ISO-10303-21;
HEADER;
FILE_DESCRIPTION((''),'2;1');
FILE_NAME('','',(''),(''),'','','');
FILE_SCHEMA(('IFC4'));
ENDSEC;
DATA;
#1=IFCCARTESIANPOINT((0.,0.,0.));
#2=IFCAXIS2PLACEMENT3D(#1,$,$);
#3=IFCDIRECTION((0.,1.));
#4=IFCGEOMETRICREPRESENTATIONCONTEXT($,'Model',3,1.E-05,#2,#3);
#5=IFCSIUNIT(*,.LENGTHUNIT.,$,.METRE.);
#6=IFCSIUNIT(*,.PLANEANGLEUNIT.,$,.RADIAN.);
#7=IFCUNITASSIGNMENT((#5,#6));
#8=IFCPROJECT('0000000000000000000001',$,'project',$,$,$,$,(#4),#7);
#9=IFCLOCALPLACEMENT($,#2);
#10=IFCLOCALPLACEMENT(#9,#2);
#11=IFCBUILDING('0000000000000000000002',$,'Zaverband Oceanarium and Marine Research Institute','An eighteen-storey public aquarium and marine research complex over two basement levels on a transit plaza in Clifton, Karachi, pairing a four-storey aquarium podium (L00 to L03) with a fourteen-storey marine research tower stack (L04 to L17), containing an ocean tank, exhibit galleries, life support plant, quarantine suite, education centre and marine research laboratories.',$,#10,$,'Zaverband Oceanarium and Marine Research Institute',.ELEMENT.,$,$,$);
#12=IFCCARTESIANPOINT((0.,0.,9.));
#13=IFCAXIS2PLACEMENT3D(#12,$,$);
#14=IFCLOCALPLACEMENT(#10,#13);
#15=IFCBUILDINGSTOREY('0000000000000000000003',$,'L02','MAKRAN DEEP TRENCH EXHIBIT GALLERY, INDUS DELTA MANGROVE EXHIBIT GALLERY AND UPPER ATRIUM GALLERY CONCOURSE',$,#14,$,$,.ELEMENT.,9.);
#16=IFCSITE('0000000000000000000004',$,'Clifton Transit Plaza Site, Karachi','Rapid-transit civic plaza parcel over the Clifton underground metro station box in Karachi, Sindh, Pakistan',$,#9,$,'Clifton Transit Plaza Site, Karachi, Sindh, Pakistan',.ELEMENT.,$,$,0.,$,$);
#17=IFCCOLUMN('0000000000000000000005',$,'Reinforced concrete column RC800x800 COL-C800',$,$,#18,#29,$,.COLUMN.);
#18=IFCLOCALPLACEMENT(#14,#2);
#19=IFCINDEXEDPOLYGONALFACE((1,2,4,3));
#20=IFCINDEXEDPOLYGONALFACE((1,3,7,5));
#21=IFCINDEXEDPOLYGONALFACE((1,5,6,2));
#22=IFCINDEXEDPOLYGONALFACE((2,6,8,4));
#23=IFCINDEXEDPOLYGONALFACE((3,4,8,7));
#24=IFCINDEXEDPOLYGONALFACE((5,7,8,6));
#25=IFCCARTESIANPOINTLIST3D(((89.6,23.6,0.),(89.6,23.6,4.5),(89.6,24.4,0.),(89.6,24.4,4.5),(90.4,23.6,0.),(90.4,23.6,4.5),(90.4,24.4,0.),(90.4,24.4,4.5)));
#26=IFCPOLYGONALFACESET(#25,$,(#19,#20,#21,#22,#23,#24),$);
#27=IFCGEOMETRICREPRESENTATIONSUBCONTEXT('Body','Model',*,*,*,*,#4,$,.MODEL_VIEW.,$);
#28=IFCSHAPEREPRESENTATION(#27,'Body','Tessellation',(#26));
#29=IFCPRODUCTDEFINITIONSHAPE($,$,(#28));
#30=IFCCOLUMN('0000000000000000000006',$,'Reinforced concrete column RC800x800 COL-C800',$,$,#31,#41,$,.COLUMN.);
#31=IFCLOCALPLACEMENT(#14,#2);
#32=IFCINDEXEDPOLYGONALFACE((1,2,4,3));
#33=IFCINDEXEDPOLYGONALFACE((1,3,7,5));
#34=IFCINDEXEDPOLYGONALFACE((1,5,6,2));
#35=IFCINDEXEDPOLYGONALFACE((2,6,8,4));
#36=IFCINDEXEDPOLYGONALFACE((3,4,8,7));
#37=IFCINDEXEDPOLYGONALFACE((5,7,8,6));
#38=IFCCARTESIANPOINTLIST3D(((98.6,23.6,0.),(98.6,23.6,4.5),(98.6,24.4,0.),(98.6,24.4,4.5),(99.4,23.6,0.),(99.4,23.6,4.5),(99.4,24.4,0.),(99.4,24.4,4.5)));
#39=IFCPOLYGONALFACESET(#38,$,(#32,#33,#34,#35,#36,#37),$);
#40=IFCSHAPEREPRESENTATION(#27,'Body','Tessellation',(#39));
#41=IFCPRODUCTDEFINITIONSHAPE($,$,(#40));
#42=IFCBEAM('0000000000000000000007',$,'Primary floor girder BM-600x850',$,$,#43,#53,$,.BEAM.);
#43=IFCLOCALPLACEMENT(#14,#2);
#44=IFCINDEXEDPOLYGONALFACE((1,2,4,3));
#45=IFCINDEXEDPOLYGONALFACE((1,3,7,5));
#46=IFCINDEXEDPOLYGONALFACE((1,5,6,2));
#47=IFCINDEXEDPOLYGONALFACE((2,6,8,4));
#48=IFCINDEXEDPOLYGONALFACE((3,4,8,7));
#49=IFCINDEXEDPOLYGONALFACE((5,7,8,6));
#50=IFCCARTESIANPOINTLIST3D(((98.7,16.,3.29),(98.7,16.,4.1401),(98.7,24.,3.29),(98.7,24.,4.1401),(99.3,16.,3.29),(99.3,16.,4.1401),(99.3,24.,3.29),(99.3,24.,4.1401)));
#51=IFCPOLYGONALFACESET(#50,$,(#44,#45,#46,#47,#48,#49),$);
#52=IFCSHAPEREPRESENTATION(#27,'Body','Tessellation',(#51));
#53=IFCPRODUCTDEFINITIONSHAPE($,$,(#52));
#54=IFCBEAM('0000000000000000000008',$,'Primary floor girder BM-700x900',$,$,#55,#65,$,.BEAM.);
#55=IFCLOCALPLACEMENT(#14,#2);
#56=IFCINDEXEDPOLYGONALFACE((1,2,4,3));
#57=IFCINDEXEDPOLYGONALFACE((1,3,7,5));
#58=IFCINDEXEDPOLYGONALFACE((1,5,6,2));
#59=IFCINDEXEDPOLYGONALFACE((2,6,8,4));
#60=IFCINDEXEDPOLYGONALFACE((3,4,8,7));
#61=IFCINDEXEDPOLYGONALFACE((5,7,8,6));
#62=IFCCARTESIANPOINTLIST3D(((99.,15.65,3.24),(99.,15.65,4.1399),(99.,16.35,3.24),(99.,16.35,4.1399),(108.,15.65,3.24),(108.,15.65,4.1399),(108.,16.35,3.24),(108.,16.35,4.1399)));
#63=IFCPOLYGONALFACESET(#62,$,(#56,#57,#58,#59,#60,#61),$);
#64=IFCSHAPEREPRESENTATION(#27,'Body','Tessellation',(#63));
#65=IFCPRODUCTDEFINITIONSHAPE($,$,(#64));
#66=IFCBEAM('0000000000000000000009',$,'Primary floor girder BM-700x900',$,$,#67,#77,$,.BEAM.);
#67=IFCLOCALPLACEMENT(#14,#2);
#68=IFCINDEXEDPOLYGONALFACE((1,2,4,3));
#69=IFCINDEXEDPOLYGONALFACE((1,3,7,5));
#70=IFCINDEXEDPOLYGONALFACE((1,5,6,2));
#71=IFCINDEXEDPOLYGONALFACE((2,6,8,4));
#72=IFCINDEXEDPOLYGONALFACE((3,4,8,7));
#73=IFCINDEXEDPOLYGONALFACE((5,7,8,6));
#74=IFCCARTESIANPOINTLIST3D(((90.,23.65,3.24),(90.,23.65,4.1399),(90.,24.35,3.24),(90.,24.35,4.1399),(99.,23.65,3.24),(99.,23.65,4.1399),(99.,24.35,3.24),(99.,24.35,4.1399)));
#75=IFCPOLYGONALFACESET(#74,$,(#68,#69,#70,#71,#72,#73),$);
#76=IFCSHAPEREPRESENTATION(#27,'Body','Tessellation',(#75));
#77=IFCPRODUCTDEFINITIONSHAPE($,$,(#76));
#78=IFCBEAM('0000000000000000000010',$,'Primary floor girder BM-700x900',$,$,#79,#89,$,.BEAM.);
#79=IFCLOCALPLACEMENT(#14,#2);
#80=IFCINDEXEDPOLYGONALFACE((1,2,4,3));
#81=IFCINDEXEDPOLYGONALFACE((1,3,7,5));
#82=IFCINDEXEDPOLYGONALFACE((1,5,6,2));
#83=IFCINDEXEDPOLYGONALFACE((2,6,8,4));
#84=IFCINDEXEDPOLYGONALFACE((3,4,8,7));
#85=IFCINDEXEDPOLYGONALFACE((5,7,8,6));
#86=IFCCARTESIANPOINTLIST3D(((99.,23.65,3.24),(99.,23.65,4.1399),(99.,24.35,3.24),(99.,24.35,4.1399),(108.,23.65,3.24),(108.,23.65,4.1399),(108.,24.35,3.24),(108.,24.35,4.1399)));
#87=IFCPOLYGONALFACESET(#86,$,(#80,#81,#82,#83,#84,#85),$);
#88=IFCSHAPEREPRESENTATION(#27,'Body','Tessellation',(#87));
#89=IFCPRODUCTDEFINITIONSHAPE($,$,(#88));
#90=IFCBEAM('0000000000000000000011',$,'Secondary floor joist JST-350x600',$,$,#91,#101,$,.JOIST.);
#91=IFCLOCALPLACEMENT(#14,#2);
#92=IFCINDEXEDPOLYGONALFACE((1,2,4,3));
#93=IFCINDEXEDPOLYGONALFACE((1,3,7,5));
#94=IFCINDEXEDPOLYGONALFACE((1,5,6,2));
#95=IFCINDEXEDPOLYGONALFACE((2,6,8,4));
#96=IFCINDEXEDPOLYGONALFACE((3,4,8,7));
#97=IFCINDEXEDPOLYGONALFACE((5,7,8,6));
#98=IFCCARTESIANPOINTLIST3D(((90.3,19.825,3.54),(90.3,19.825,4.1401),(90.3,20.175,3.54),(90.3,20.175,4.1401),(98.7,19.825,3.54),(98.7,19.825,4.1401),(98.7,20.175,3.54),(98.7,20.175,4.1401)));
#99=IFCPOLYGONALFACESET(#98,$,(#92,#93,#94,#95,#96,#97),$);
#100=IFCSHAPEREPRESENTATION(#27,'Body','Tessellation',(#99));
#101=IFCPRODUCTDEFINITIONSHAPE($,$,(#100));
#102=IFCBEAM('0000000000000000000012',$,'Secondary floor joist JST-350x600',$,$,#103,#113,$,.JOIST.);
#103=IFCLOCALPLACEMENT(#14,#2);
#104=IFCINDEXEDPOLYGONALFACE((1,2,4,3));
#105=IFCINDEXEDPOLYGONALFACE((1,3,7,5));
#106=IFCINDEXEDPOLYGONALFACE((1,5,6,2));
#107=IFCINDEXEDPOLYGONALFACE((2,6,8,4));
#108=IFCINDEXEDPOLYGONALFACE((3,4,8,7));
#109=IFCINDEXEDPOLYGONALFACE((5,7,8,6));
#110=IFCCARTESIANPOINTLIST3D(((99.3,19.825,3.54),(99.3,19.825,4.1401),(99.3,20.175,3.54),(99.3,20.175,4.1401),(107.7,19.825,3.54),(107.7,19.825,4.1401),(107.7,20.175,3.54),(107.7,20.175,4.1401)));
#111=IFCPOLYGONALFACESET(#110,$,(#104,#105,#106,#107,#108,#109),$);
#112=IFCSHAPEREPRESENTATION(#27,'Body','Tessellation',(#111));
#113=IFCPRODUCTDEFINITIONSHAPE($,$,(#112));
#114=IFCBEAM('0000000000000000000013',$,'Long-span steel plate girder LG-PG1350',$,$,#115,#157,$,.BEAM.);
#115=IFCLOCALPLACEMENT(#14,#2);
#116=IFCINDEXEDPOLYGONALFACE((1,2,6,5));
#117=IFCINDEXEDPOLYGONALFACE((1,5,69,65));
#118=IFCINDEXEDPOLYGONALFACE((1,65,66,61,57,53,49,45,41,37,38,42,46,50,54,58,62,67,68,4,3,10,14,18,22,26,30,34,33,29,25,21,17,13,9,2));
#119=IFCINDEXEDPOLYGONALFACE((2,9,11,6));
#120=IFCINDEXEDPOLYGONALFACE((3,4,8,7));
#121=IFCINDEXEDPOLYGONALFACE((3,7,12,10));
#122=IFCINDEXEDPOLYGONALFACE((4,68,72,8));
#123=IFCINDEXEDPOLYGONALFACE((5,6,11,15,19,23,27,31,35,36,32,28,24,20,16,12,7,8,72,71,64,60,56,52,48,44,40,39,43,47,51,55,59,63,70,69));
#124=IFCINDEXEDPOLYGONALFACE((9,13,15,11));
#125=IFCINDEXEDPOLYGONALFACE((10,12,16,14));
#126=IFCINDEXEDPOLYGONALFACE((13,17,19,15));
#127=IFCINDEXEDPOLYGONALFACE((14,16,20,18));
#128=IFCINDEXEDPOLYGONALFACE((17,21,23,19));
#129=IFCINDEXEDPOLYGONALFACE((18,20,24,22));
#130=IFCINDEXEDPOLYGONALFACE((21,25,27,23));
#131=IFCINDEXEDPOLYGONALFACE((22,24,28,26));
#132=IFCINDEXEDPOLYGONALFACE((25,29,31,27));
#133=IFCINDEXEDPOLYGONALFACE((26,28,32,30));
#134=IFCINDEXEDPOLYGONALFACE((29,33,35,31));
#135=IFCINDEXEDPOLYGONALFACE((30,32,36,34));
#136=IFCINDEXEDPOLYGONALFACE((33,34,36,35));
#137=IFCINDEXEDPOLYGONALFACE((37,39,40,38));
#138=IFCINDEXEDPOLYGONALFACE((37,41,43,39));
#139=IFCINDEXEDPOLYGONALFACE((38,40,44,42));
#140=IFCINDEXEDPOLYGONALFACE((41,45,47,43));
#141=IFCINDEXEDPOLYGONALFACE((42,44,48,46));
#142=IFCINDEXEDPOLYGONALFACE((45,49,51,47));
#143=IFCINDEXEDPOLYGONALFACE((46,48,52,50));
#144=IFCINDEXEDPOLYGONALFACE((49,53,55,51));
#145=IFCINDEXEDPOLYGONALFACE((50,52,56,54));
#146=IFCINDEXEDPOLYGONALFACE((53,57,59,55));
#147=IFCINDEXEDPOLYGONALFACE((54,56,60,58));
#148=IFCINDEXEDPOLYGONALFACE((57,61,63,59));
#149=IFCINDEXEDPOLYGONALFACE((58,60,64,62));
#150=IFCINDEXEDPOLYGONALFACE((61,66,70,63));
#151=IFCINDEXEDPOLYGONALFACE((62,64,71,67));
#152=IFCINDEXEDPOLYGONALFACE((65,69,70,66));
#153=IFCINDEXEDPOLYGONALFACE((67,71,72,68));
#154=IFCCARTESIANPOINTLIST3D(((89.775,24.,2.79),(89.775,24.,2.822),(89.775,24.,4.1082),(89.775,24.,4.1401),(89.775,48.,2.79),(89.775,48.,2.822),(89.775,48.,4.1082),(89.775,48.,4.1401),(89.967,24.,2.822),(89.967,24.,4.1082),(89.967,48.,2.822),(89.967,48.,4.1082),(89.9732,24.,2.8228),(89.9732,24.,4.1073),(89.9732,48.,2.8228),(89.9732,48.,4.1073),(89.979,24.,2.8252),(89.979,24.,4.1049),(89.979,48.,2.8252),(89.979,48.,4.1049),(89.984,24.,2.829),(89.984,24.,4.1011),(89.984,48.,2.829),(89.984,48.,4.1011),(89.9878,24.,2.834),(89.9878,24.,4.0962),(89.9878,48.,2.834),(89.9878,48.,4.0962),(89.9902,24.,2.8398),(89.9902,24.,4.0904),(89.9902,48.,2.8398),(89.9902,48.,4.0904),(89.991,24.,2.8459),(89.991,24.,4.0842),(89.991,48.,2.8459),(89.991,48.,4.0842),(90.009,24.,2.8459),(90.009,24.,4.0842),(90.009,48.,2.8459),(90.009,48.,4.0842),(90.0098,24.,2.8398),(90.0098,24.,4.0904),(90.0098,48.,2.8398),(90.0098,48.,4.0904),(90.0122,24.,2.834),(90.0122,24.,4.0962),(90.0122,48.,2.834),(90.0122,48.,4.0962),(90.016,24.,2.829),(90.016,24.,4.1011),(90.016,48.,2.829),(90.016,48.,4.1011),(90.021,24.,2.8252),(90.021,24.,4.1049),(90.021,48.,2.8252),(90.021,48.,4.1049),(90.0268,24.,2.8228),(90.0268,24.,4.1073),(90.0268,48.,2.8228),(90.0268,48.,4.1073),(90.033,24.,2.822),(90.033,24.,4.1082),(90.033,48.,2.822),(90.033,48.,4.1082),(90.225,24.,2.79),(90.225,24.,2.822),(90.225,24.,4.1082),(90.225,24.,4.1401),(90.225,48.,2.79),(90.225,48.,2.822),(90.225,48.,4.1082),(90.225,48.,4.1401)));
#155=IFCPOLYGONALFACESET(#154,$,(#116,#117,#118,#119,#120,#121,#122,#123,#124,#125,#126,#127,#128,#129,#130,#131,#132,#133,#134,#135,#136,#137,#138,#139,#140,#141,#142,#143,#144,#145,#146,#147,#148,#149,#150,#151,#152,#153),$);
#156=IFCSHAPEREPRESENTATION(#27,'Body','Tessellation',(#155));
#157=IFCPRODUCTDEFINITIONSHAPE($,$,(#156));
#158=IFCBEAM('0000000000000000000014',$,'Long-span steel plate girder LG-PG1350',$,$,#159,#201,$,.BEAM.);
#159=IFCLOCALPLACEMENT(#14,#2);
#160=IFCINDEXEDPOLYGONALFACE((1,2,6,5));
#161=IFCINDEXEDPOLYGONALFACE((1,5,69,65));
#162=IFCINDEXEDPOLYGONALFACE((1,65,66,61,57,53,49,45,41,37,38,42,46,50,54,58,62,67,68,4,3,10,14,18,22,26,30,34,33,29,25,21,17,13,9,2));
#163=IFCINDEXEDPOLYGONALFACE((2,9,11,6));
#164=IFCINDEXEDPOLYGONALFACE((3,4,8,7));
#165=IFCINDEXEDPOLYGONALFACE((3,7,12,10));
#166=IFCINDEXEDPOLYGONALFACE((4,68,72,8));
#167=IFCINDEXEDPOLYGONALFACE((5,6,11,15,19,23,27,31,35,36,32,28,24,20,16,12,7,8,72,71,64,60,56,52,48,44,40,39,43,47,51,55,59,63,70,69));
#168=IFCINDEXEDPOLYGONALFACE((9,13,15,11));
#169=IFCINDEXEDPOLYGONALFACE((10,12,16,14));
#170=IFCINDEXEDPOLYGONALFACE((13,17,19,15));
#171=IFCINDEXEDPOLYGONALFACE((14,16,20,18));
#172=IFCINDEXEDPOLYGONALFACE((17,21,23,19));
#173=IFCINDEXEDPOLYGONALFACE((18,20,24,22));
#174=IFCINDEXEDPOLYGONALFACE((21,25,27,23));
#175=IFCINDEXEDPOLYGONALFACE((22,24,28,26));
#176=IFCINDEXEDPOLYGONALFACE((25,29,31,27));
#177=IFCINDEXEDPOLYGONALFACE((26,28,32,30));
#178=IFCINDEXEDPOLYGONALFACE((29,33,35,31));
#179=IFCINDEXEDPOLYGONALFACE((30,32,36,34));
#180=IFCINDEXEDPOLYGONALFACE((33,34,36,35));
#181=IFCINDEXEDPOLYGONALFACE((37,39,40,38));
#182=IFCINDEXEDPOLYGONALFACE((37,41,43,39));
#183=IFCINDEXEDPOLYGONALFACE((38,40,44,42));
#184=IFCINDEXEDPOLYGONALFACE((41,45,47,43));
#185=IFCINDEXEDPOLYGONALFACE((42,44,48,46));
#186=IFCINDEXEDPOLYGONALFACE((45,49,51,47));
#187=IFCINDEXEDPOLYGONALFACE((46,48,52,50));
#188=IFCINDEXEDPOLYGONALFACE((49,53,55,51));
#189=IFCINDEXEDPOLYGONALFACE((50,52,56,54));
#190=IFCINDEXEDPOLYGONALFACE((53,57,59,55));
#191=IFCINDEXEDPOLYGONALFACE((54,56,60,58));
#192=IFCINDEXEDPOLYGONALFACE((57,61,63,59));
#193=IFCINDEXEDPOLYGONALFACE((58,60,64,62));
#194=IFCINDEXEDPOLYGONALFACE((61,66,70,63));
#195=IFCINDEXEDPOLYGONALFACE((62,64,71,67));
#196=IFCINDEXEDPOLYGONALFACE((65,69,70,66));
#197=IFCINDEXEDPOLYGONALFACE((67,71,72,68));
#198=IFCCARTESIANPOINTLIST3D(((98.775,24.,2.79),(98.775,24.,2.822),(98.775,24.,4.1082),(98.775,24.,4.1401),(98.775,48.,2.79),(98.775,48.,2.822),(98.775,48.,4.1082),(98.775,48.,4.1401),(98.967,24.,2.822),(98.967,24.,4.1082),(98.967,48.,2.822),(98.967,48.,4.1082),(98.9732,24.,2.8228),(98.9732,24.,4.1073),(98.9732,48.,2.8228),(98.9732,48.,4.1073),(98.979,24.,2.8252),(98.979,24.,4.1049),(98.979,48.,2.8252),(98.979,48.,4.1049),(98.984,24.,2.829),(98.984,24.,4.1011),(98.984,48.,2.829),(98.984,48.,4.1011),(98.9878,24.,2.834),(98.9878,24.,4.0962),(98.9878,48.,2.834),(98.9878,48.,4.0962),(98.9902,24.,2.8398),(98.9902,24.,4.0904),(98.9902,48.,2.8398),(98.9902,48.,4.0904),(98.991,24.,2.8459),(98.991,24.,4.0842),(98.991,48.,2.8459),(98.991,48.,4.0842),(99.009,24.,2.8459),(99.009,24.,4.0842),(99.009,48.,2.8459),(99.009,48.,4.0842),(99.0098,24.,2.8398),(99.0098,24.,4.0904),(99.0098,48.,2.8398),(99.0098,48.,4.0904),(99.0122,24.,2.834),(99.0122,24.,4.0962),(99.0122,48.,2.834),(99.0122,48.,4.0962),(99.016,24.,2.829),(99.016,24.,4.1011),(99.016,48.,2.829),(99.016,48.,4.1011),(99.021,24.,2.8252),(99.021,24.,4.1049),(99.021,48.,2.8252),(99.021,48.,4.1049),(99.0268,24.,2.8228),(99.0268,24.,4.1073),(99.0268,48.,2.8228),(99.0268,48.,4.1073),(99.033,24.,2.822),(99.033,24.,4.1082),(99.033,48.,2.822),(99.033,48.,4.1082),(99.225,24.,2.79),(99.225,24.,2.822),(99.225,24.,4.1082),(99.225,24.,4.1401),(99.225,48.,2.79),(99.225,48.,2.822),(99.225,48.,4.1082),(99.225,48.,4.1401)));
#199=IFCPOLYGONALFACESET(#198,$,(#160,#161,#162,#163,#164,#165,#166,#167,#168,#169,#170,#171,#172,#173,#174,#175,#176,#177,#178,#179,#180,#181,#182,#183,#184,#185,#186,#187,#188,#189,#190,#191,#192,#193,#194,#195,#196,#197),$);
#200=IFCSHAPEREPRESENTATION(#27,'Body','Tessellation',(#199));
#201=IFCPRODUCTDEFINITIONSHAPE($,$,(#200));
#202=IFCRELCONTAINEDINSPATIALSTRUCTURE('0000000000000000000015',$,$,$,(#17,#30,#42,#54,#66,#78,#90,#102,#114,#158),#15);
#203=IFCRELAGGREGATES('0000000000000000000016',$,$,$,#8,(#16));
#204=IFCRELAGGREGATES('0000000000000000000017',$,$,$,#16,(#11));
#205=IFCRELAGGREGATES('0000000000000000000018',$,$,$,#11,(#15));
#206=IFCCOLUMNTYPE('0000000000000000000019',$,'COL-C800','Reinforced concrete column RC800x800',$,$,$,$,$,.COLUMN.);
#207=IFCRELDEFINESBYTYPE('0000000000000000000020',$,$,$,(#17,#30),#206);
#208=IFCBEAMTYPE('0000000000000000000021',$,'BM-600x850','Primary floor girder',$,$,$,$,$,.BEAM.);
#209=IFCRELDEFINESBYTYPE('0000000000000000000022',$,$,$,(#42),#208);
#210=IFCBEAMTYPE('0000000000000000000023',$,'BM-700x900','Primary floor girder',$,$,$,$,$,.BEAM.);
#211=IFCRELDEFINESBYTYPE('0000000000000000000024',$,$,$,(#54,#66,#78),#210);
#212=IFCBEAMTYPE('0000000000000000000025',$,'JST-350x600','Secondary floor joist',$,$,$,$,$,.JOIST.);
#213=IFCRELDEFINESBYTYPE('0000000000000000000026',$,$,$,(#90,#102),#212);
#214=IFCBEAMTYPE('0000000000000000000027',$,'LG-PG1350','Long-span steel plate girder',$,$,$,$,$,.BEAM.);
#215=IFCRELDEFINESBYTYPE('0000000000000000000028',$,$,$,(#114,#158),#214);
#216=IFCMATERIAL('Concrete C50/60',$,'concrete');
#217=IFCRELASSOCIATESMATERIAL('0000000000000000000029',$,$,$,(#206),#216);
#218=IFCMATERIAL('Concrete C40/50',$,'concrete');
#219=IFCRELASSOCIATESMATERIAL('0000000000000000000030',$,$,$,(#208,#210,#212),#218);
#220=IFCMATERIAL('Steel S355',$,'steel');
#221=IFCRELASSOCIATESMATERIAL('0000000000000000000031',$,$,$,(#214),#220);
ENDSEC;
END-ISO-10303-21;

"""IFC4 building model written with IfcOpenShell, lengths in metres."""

from ifc_helpers import new_model, si_unit, direction, frame, origin, origin_2d, place, context, subcontext, project, spatial, rectangle, i_section, extrude, material, material_profile, profile_set, type_object, element, save


model = new_model("IFC4")

# Units and contexts
model_context = context("Model", 3, precision=1e-05, world=origin(), true_north=direction((0.0, 1.0)))
body_context = subcontext(model_context, "Body", "Model", "MODEL_VIEW")
ifc_project = project(units=[si_unit("LENGTHUNIT", "METRE"), si_unit("PLANEANGLEUNIT", "RADIAN")], contexts=[model_context])

# Site, building, storey
site_placement = place(None, origin())
site = spatial("IfcSite", under=ifc_project, at=site_placement, Name="Clifton Transit Plaza Site, Karachi", Description="Rapid-transit civic plaza parcel over the Clifton underground metro station box in Karachi, Sindh, Pakistan", LongName="Clifton Transit Plaza Site, Karachi, Sindh, Pakistan", CompositionType="ELEMENT", RefElevation=0.0)
building_placement = place(site_placement, origin())
building = spatial("IfcBuilding", under=site, at=building_placement, Name="Zaverband Oceanarium and Marine Research Institute", Description="An eighteen-storey public aquarium and marine research complex over two basement levels on a transit plaza in Clifton, Karachi, pairing a four-storey aquarium podium (L00 to L03) with a fourteen-storey marine research tower stack (L04 to L17), containing an ocean tank, exhibit galleries, life support plant, quarantine suite, education centre and marine research laboratories.", LongName="Zaverband Oceanarium and Marine Research Institute", CompositionType="ELEMENT")
storey_placement = place(building_placement, frame((0.0, 0.0, 9.0)))
storey = spatial("IfcBuildingStorey", under=building, at=storey_placement, Name="L02", Description="MAKRAN DEEP TRENCH EXHIBIT GALLERY, INDUS DELTA MANGROVE EXHIBIT GALLERY AND UPPER ATRIUM GALLERY CONCOURSE", CompositionType="ELEMENT", Elevation=9.0)

# Columns
ifc_material_1 = material(Name="Concrete C50/60", Category="concrete")
ifc_material_profile_1 = material_profile(ifc_material_1, rectangle(XDim=0.8, YDim=0.8, at=origin_2d()), Name="RC800x800")
ifc_profile_set_1 = profile_set([ifc_material_profile_1], Name="Concrete C50/60")
column_type = type_object("IfcColumnType", Name="COL-C800", Description="Reinforced concrete column RC800x800", PredefinedType="COLUMN", material=ifc_profile_set_1)
for number, where, z_axis, x_axis, name in (
    (1, (90.0, 24.0, 0.0), (0.0, 0.0, 1.0), (1.0, 0.0, 0.0), "Reinforced concrete column RC800x800 COL-C800"),
    (2, (99.0, 24.0, 0.0), (0.0, 0.0, 1.0), (1.0, 0.0, 0.0), "Reinforced concrete column RC800x800 COL-C800"),
):
    element("IfcColumn", number, at=place(storey_placement, frame(where, z_axis=z_axis, x_axis=x_axis)), inside=storey, type_object=column_type, Name=name, PredefinedType="COLUMN", context=body_context, shape_type="SweptSolid", body=[
        extrude(rectangle(XDim=0.8, YDim=0.8, at=origin_2d()), origin(), (0.0, 0.0, 1.0), 4.5),
    ])

# Beams
ifc_material_2 = material(Name="Concrete C40/50", Category="concrete")
ifc_material_profile_2 = material_profile(ifc_material_2, rectangle(XDim=0.6001, YDim=0.8501, at=origin_2d()), Name="RC600x850")
ifc_profile_set_2 = profile_set([ifc_material_profile_2], Name="Concrete C40/50")
beam_type_1 = type_object("IfcBeamType", Name="BM-600x850", Description="Primary floor girder", PredefinedType="BEAM", material=ifc_profile_set_2)
beam_1_placement = place(storey_placement, frame((99.0, 16.0, 3.7151), z_axis=(0.0, 1.0, 0.0), x_axis=(-1.0, 0.0, 0.0)))
element("IfcBeam", 3, at=beam_1_placement, inside=storey, type_object=beam_type_1, Name="Primary floor girder BM-600x850", PredefinedType="BEAM", context=body_context, shape_type="SweptSolid", body=[
    extrude(rectangle(XDim=0.6001, YDim=0.8501, at=origin_2d()), origin(), (0.0, 0.0, 1.0), 8.0),
])
ifc_material_profile_3 = material_profile(ifc_material_2, rectangle(XDim=0.7, YDim=0.8999, at=origin_2d()), Name="RC700x900")
ifc_profile_set_3 = profile_set([ifc_material_profile_3], Name="Concrete C40/50")
beam_type_2 = type_object("IfcBeamType", Name="BM-700x900", Description="Primary floor girder", PredefinedType="BEAM", material=ifc_profile_set_3)
for number, where, z_axis, x_axis, name in (
    (4, (99.0, 16.0, 3.6899), (1.0, 0.0, 0.0), (0.0, 1.0, 0.0), "Primary floor girder BM-700x900"),
    (5, (90.0, 24.0, 3.6899), (1.0, 0.0, 0.0), (0.0, 1.0, 0.0), "Primary floor girder BM-700x900"),
    (6, (99.0, 24.0, 3.6899), (1.0, 0.0, 0.0), (0.0, 1.0, 0.0), "Primary floor girder BM-700x900"),
):
    element("IfcBeam", number, at=place(storey_placement, frame(where, z_axis=z_axis, x_axis=x_axis)), inside=storey, type_object=beam_type_2, Name=name, PredefinedType="BEAM", context=body_context, shape_type="SweptSolid", body=[
        extrude(rectangle(XDim=0.7, YDim=0.8999, at=origin_2d()), origin(), (0.0, 0.0, 1.0), 9.0),
    ])
ifc_material_profile_4 = material_profile(ifc_material_2, rectangle(XDim=0.3501, YDim=0.6001, at=origin_2d()), Name="RC350x600")
ifc_profile_set_4 = profile_set([ifc_material_profile_4], Name="Concrete C40/50")
beam_type_3 = type_object("IfcBeamType", Name="JST-350x600", Description="Secondary floor joist", PredefinedType="JOIST", material=ifc_profile_set_4)
for number, where, z_axis, x_axis, name in (
    (7, (90.3, 20.0, 3.8401), (1.0, 0.0, 0.0), (0.0, 1.0, 0.0), "Secondary floor joist JST-350x600"),
    (8, (99.3, 20.0, 3.8401), (1.0, 0.0, 0.0), (0.0, 1.0, 0.0), "Secondary floor joist JST-350x600"),
):
    element("IfcBeam", number, at=place(storey_placement, frame(where, z_axis=z_axis, x_axis=x_axis)), inside=storey, type_object=beam_type_3, Name=name, PredefinedType="JOIST", context=body_context, shape_type="SweptSolid", body=[
        extrude(rectangle(XDim=0.3501, YDim=0.6001, at=origin_2d()), origin(), (0.0, 0.0, 1.0), 8.3999),
    ])
ifc_material_3 = material(Name="Steel S355", Category="steel")
ifc_material_profile_5 = material_profile(ifc_material_3, i_section(OverallWidth=0.45, OverallDepth=1.3501, WebThickness=0.0181, FlangeThickness=0.032, FilletRadius=0.0239, at=origin_2d()), Name="PG1350x450")
ifc_profile_set_5 = profile_set([ifc_material_profile_5], Name="Steel S355")
beam_type_4 = type_object("IfcBeamType", Name="LG-PG1350", Description="Long-span steel plate girder", PredefinedType="BEAM", material=ifc_profile_set_5)
for number, where, z_axis, x_axis, name in (
    (9, (90.0, 24.0, 3.4651), (0.0, 1.0, 0.0), (-1.0, 0.0, 0.0), "Long-span steel plate girder LG-PG1350"),
    (10, (99.0, 24.0, 3.4651), (0.0, 1.0, 0.0), (-1.0, 0.0, 0.0), "Long-span steel plate girder LG-PG1350"),
):
    element("IfcBeam", number, at=place(storey_placement, frame(where, z_axis=z_axis, x_axis=x_axis)), inside=storey, type_object=beam_type_4, Name=name, PredefinedType="BEAM", context=body_context, shape_type="SweptSolid", body=[
        extrude(i_section(OverallWidth=0.45, OverallDepth=1.3501, WebThickness=0.0181, FlangeThickness=0.032, FilletRadius=0.0239, at=origin_2d()), origin(), (0.0, 0.0, 1.0), 24.0),
    ])

save(model, "model.ifc")
